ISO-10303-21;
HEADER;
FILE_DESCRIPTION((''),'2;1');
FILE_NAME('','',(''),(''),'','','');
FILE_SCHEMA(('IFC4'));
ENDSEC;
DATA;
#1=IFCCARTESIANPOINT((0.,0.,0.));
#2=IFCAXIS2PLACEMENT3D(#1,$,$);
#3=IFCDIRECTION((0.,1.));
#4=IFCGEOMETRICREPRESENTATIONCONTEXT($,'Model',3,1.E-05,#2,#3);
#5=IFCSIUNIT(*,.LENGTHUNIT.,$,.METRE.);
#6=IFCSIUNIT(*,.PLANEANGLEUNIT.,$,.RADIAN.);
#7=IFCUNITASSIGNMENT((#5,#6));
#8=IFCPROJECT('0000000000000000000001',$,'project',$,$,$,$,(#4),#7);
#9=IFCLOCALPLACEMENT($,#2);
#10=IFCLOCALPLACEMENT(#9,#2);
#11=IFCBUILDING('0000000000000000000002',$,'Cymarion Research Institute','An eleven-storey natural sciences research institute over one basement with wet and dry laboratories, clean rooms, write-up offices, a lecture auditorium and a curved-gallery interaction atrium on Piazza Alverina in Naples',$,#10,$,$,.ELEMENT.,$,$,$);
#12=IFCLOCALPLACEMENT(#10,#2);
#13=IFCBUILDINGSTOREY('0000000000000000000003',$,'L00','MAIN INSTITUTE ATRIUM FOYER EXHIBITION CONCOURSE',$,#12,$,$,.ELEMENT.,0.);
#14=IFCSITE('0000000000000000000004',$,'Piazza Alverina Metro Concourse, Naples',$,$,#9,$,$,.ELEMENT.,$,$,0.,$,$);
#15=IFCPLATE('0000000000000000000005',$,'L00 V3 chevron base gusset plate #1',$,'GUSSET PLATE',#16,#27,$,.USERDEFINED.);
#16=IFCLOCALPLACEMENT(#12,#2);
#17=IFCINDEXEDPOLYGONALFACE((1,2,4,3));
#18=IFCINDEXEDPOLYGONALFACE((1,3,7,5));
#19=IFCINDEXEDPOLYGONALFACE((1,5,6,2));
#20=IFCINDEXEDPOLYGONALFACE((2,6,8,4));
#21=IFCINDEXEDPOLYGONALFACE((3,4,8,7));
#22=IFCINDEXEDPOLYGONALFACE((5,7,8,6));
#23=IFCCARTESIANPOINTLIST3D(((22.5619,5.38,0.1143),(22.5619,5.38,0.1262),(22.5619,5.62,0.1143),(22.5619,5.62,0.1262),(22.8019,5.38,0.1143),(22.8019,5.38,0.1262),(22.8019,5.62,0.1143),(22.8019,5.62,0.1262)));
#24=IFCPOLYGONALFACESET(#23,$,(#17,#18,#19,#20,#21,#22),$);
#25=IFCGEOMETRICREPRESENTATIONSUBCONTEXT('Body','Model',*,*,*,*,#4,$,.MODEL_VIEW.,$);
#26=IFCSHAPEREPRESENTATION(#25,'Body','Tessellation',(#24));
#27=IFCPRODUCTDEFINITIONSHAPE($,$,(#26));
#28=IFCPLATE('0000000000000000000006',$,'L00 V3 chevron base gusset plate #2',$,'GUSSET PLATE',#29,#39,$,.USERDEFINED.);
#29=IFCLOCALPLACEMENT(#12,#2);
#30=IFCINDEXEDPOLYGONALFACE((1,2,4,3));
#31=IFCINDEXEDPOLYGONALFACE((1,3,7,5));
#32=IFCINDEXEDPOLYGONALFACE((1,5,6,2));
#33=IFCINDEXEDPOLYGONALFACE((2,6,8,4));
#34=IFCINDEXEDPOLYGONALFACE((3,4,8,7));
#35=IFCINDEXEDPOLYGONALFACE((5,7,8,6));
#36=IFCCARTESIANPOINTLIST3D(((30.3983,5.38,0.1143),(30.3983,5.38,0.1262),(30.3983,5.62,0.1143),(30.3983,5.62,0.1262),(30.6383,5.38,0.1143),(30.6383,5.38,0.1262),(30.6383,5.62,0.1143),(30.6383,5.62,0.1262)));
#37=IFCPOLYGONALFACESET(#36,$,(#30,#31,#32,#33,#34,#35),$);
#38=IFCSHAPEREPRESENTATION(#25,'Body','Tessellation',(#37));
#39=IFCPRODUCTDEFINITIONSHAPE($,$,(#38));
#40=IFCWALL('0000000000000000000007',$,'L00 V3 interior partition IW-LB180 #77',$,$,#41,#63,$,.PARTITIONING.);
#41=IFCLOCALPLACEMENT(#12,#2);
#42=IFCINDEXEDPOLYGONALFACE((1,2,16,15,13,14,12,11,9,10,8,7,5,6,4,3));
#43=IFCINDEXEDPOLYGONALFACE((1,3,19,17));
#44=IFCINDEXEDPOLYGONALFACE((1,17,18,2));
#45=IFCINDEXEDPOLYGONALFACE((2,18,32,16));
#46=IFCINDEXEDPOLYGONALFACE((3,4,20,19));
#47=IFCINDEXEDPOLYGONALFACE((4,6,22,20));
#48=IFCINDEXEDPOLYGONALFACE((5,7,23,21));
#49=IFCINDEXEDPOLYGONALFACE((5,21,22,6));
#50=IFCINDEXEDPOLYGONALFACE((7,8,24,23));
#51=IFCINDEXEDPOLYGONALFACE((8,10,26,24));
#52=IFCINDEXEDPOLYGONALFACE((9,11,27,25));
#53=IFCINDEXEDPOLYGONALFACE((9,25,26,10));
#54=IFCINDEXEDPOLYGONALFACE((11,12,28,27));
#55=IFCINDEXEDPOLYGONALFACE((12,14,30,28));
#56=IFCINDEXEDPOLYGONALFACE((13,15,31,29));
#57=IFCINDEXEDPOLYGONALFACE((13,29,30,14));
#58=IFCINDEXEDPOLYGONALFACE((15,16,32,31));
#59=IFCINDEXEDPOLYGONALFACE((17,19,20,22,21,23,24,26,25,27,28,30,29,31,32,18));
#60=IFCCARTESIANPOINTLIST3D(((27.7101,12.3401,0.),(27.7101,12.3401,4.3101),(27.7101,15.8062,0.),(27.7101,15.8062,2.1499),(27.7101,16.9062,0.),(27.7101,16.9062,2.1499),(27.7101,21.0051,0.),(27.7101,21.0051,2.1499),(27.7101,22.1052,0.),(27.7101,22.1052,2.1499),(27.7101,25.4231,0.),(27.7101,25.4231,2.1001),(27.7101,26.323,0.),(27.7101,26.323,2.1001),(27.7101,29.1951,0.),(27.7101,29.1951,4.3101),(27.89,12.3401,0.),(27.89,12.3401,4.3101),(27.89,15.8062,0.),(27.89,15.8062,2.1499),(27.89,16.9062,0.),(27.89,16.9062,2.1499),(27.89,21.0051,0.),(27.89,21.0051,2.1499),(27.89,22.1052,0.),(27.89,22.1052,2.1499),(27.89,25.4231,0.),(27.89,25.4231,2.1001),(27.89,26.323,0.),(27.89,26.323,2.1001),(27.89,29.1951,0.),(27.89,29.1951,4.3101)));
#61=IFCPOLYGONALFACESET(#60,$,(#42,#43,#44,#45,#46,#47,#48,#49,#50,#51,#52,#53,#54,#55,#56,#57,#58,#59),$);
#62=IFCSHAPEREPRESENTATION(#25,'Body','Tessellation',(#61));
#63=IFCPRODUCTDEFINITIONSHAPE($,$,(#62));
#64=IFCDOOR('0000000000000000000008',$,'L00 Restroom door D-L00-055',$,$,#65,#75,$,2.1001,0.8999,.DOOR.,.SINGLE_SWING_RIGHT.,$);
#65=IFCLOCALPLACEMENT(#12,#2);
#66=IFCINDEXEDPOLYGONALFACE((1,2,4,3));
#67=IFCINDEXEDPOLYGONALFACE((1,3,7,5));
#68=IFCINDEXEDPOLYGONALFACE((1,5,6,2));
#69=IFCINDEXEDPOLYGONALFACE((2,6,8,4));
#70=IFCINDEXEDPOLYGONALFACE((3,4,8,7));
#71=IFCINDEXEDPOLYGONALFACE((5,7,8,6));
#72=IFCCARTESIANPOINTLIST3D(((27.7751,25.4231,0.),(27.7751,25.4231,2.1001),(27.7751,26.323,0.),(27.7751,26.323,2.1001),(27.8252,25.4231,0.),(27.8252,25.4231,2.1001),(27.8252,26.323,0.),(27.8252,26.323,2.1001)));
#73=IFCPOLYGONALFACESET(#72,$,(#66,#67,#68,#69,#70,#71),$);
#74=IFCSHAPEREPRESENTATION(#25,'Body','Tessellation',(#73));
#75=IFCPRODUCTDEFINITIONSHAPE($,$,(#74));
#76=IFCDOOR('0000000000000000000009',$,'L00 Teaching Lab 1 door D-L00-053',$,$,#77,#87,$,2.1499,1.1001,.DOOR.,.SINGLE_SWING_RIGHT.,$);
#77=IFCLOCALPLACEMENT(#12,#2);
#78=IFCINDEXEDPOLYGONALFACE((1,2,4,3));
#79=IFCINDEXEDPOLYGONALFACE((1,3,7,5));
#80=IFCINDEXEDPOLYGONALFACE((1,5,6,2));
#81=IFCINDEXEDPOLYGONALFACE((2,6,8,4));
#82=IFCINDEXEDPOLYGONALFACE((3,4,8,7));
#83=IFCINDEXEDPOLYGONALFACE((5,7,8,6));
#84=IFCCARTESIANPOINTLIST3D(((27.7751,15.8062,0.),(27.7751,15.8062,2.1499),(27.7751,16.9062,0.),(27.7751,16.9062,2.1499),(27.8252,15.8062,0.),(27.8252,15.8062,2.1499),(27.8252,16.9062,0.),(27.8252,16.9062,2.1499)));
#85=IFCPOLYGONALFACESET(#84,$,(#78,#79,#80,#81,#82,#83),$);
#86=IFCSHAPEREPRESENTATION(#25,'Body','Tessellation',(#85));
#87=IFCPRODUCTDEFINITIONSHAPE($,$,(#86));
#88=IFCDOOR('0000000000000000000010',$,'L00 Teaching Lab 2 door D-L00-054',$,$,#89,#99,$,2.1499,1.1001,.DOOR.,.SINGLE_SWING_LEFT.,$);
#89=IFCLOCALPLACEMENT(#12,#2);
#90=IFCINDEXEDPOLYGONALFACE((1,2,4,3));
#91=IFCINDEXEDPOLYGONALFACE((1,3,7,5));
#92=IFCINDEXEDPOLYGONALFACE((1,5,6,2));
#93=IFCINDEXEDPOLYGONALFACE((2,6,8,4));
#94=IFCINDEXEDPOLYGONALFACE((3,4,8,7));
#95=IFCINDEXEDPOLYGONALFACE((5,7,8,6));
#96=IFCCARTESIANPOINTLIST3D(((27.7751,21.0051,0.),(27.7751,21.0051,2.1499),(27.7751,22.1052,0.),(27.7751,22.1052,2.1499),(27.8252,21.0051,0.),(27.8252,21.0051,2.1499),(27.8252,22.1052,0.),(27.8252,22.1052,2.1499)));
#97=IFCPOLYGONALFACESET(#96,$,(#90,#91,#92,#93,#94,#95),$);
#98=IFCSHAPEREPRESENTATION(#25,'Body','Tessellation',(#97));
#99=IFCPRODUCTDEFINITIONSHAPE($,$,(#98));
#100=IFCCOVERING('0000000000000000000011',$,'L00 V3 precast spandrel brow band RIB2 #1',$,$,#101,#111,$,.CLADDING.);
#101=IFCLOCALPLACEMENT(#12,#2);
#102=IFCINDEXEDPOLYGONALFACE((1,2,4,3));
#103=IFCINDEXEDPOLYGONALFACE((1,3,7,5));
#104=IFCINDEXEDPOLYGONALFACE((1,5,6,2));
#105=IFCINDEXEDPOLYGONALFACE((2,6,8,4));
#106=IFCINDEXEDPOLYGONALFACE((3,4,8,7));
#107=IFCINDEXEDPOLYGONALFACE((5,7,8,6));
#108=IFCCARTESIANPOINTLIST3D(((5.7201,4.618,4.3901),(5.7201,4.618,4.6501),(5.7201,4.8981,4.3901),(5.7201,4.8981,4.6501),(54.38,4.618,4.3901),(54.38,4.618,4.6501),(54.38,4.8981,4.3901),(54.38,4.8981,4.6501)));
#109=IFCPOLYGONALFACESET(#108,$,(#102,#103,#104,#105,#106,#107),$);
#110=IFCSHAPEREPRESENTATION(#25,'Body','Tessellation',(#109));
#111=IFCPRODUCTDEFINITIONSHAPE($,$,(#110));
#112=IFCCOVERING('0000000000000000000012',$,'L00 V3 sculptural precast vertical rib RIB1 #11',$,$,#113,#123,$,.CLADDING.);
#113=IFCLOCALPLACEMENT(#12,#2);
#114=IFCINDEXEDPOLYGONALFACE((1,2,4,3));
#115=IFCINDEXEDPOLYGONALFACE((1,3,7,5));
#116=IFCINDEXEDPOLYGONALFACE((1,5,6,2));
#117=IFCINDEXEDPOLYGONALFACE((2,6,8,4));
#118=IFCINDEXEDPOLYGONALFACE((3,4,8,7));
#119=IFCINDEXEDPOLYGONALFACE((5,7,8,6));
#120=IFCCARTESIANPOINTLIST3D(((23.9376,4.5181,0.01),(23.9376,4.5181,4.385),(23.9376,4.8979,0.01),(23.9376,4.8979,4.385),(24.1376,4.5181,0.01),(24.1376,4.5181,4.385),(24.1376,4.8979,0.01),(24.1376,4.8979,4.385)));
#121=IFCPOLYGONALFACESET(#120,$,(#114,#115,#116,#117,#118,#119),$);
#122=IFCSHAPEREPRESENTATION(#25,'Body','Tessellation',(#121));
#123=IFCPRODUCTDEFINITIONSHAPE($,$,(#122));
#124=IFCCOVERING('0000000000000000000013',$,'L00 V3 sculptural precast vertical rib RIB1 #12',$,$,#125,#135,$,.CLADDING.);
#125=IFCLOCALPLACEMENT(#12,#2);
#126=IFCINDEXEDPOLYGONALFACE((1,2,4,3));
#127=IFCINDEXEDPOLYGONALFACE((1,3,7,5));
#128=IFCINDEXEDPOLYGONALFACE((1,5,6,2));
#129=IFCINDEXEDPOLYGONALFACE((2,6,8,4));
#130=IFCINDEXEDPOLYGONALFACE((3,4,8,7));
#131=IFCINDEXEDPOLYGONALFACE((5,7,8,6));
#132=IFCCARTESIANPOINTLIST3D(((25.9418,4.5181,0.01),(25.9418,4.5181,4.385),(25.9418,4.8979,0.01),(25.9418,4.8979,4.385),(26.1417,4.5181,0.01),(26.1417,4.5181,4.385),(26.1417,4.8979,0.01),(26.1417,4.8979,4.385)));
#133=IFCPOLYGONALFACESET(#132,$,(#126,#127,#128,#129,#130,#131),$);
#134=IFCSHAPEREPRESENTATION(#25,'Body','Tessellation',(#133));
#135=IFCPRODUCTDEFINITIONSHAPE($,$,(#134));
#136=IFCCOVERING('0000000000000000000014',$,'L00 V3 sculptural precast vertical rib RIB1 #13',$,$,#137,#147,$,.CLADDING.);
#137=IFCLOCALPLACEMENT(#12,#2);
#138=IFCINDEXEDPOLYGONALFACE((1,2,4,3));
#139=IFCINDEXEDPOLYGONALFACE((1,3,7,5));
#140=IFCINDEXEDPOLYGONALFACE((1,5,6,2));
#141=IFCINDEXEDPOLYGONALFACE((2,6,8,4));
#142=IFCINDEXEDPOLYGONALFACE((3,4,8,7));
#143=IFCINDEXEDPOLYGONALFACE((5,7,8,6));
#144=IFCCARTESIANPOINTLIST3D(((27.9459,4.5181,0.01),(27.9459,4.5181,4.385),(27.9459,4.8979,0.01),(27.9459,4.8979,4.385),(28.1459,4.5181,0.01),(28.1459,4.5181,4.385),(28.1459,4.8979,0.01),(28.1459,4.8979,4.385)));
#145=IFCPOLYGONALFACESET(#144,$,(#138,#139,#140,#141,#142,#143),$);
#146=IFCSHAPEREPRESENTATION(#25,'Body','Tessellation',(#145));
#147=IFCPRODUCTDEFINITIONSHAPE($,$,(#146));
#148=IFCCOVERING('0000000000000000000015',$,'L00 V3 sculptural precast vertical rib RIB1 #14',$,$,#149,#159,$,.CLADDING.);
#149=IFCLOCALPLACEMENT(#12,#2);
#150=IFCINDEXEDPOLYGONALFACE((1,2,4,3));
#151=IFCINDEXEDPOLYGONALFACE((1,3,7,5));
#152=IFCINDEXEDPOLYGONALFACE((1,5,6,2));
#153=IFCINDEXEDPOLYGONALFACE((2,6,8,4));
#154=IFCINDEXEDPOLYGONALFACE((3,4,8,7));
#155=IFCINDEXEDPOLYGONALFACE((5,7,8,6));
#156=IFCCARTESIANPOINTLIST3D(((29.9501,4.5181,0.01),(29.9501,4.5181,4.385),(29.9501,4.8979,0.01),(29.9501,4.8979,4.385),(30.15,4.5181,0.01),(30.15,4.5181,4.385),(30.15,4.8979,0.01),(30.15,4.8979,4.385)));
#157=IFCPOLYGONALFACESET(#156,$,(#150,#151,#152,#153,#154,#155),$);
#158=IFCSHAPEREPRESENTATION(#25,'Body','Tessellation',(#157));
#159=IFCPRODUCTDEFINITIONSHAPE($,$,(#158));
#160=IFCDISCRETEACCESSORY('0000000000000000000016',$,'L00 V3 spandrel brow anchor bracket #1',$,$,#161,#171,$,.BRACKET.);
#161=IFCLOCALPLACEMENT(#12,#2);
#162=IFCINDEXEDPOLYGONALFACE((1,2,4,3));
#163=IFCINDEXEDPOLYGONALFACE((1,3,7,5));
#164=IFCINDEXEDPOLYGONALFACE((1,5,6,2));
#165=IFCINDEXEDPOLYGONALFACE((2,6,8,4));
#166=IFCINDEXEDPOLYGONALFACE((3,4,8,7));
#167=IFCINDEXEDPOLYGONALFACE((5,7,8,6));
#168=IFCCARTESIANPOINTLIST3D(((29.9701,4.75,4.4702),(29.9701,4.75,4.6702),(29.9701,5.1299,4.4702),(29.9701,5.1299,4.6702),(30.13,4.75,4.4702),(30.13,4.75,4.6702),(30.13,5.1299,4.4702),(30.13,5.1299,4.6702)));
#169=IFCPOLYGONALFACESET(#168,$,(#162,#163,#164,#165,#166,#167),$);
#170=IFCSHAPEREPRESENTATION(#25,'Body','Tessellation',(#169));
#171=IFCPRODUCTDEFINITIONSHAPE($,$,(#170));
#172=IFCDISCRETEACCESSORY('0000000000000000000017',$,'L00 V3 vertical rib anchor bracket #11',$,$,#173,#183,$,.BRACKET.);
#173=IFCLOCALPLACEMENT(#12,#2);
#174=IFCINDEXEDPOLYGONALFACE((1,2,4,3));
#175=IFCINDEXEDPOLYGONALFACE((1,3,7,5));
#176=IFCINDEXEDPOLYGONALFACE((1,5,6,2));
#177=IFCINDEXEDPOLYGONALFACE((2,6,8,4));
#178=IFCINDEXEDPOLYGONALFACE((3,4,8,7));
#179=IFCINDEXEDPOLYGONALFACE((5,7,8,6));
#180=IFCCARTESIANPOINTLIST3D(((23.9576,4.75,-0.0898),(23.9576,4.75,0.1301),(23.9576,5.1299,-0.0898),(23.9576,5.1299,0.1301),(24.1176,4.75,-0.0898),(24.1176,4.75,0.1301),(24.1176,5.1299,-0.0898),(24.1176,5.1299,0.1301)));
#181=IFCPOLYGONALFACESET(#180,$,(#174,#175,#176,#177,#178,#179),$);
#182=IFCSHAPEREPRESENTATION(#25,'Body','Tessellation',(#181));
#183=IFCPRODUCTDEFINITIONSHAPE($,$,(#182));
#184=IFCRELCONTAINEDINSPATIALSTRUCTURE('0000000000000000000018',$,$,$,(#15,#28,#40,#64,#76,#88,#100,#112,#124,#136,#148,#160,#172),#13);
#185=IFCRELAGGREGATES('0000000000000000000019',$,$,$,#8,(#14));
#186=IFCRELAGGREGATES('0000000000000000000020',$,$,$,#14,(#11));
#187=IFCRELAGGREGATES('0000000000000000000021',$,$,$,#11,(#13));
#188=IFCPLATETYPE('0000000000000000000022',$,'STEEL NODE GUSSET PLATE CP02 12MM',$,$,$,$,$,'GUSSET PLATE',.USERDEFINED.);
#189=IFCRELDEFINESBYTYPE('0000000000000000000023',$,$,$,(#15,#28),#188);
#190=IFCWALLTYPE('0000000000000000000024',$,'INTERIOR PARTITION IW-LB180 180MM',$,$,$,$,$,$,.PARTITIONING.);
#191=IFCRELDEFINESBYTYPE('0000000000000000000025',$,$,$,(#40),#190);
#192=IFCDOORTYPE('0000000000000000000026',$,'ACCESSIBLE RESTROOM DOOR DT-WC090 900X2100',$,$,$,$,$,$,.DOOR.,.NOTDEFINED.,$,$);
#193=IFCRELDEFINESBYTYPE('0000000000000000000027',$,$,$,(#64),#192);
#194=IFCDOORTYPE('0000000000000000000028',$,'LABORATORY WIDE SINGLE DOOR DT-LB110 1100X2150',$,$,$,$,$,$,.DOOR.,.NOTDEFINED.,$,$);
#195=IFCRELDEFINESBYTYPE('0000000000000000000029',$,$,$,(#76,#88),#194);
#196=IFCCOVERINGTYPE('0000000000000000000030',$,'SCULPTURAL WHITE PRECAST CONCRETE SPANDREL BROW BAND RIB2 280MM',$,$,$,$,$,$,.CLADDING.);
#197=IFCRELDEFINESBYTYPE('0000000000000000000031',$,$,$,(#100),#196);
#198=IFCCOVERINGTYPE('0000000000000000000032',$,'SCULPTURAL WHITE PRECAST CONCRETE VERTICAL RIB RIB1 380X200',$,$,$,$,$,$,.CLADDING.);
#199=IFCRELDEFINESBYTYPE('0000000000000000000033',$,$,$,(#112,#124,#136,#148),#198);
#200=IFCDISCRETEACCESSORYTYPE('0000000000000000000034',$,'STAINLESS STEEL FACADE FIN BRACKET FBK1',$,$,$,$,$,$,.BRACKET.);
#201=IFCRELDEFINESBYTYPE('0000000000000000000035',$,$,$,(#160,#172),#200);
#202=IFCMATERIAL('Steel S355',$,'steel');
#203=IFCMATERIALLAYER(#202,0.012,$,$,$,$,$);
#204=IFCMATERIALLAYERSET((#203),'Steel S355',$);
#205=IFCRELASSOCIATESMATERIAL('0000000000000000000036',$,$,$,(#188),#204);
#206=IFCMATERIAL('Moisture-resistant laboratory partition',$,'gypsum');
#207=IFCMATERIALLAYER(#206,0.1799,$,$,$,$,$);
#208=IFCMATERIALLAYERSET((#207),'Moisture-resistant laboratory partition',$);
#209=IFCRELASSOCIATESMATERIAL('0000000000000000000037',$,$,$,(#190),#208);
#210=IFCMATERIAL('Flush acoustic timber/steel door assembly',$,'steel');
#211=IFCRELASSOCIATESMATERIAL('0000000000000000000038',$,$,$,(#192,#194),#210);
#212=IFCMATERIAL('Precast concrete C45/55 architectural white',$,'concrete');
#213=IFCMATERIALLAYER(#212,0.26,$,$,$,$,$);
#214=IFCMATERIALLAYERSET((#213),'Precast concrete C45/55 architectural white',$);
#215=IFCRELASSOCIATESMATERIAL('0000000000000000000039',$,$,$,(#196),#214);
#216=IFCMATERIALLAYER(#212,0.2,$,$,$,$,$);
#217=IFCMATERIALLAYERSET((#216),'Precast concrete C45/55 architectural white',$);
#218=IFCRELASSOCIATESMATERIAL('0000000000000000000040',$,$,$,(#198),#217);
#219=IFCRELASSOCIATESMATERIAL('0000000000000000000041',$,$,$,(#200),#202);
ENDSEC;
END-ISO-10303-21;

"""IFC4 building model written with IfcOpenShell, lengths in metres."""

from ifc_helpers import new_model, si_unit, direction, frame, frame_2d, origin, origin_2d, place, context, subcontext, project, spatial, rectangle, extrude, material, layer, layer_set, type_object, element, fill, save


model = new_model("IFC4")

# Units and contexts
model_context = context("Model", 3, precision=1e-05, world=origin(), true_north=direction((0.0, 1.0)))
body_context = subcontext(model_context, "Body", "Model", "MODEL_VIEW")
ifc_project = project(units=[si_unit("LENGTHUNIT", "METRE"), si_unit("PLANEANGLEUNIT", "RADIAN")], contexts=[model_context])

# Site, building, storey
site_placement = place(None, origin())
site = spatial("IfcSite", under=ifc_project, at=site_placement, Name="Piazza Alverina Metro Concourse, Naples", CompositionType="ELEMENT", RefElevation=0.0)
building_placement = place(site_placement, origin())
building = spatial("IfcBuilding", under=site, at=building_placement, Name="Cymarion Research Institute", Description="An eleven-storey natural sciences research institute over one basement with wet and dry laboratories, clean rooms, write-up offices, a lecture auditorium and a curved-gallery interaction atrium on Piazza Alverina in Naples", CompositionType="ELEMENT")
storey_placement = place(building_placement, origin())
storey = spatial("IfcBuildingStorey", under=building, at=storey_placement, Name="L00", Description="MAIN INSTITUTE ATRIUM FOYER EXHIBITION CONCOURSE", CompositionType="ELEMENT", Elevation=0.0)

# Shared definitions
ifc_material_1 = material(Name="Steel S355", Category="steel")

# Plates
ifc_layer_1 = layer(ifc_material_1, 0.012)
ifc_layer_set_1 = layer_set([ifc_layer_1], Name="Steel S355")
plate_type_1 = type_object("IfcPlateType", Name="STEEL NODE GUSSET PLATE CP02 12MM", ElementType="GUSSET PLATE", PredefinedType="USERDEFINED", material=ifc_layer_set_1)
for number, where, z_axis, x_axis, name in (
    (1, (22.6819, 5.5, 0.1143), (0.0, 0.0, 1.0), (1.0, 0.0, 0.0), "L00 V3 chevron base gusset plate #1"),
    (2, (30.5183, 5.5, 0.1143), (0.0, 0.0, 1.0), (1.0, 0.0, 0.0), "L00 V3 chevron base gusset plate #2"),
):
    element("IfcPlate", number, at=place(storey_placement, frame(where, z_axis=z_axis, x_axis=x_axis)), inside=storey, type_object=plate_type_1, Name=name, ObjectType="GUSSET PLATE", PredefinedType="USERDEFINED", context=body_context, shape_type="SweptSolid", body=[
        extrude(rectangle(XDim=0.24, YDim=0.24, at=origin_2d()), origin(), (0.0, 0.0, 1.0), 0.012),
    ])

# Wall, openings, doors
ifc_material_2 = material(Name="Moisture-resistant laboratory partition", Category="gypsum")
ifc_layer_2 = layer(ifc_material_2, 0.1799)
ifc_layer_set_2 = layer_set([ifc_layer_2], Name="Moisture-resistant laboratory partition")
wall_type = type_object("IfcWallType", Name="INTERIOR PARTITION IW-LB180 180MM", PredefinedType="PARTITIONING", material=ifc_layer_set_2)
wall_placement = place(storey_placement, frame((27.8, 12.3401, 0.0), z_axis=(0.0, 0.0, 1.0), x_axis=(0.0, 1.0, 0.0)))
wall = element("IfcWall", 3, at=wall_placement, inside=storey, type_object=wall_type, Name="L00 V3 interior partition IW-LB180 #77", PredefinedType="PARTITIONING", context=body_context, shape_type="SweptSolid", body=[
    extrude(rectangle(XDim=16.855, YDim=0.1799, at=frame_2d((8.4275, 0.0))), origin(), (0.0, 0.0, 1.0), 4.3101),
])
opening_1_placement = place(wall_placement, frame((3.4661, 0.0, 0.0)))
opening_1 = element("IfcOpeningElement", 4, at=opening_1_placement, cuts=wall, PredefinedType="OPENING", context=body_context, shape_type="SweptSolid", body=[
    extrude(rectangle(XDim=1.1001, YDim=2.1499, at=frame_2d((0.55, 1.075))), frame((0.0, 0.0999, 0.0), z_axis=(0.0, -1.0, 0.0), x_axis=(1.0, 0.0, 0.0)), (0.0, 0.0, 1.0), 0.2),
])
opening_2_placement = place(wall_placement, frame((8.665, 0.0, 0.0)))
opening_2 = element("IfcOpeningElement", 5, at=opening_2_placement, cuts=wall, PredefinedType="OPENING", context=body_context, shape_type="SweptSolid", body=[
    extrude(rectangle(XDim=1.1001, YDim=2.1499, at=frame_2d((0.55, 1.075))), frame((0.0, 0.0999, 0.0), z_axis=(0.0, -1.0, 0.0), x_axis=(1.0, 0.0, 0.0)), (0.0, 0.0, 1.0), 0.2),
])
opening_3_placement = place(wall_placement, frame((13.083, 0.0, 0.0)))
opening_3 = element("IfcOpeningElement", 6, at=opening_3_placement, cuts=wall, PredefinedType="OPENING", context=body_context, shape_type="SweptSolid", body=[
    extrude(rectangle(XDim=0.8999, YDim=2.1001, at=frame_2d((0.45, 1.05))), frame((0.0, 0.0999, 0.0), z_axis=(0.0, -1.0, 0.0), x_axis=(1.0, 0.0, 0.0)), (0.0, 0.0, 1.0), 0.2),
])
ifc_material_3 = material(Name="Flush acoustic timber/steel door assembly", Category="steel")
door_type_1 = type_object("IfcDoorType", Name="ACCESSIBLE RESTROOM DOOR DT-WC090 900X2100", OperationType="NOTDEFINED", PredefinedType="DOOR", material=ifc_material_3)
door_1_placement = place(opening_3_placement, origin())
door_1 = element("IfcDoor", 7, at=door_1_placement, inside=storey, type_object=door_type_1, Name="L00 Restroom door D-L00-055", OperationType="SINGLE_SWING_RIGHT", OverallHeight=2.1001, OverallWidth=0.8999, PredefinedType="DOOR", context=body_context, shape_type="SweptSolid", body=[
    extrude(rectangle(XDim=0.8999, YDim=2.1001, at=frame_2d((0.45, 1.05))), frame((0.0, 0.0249, 0.0), z_axis=(0.0, -1.0, 0.0), x_axis=(1.0, 0.0, 0.0)), (0.0, 0.0, 1.0), 0.05),
])
fill(opening_3, door_1)
door_type_2 = type_object("IfcDoorType", Name="LABORATORY WIDE SINGLE DOOR DT-LB110 1100X2150", OperationType="NOTDEFINED", PredefinedType="DOOR", material=ifc_material_3)
door_2_placement = place(opening_1_placement, origin())
door_2 = element("IfcDoor", 8, at=door_2_placement, inside=storey, type_object=door_type_2, Name="L00 Teaching Lab 1 door D-L00-053", OperationType="SINGLE_SWING_RIGHT", OverallHeight=2.1499, OverallWidth=1.1001, PredefinedType="DOOR", context=body_context, shape_type="SweptSolid", body=[
    extrude(rectangle(XDim=1.1001, YDim=2.1499, at=frame_2d((0.55, 1.075))), frame((0.0, 0.0249, 0.0), z_axis=(0.0, -1.0, 0.0), x_axis=(1.0, 0.0, 0.0)), (0.0, 0.0, 1.0), 0.05),
])
fill(opening_1, door_2)
door_3_placement = place(opening_2_placement, origin())
door_3 = element("IfcDoor", 9, at=door_3_placement, inside=storey, type_object=door_type_2, Name="L00 Teaching Lab 2 door D-L00-054", OperationType="SINGLE_SWING_LEFT", OverallHeight=2.1499, OverallWidth=1.1001, PredefinedType="DOOR", context=body_context, shape_type="SweptSolid", body=[
    extrude(rectangle(XDim=1.1001, YDim=2.1499, at=frame_2d((0.55, 1.075))), frame((0.0, 0.0249, 0.0), z_axis=(0.0, -1.0, 0.0), x_axis=(1.0, 0.0, 0.0)), (0.0, 0.0, 1.0), 0.05),
])
fill(opening_2, door_3)

# Coverings
ifc_material_4 = material(Name="Precast concrete C45/55 architectural white", Category="concrete")
ifc_layer_3 = layer(ifc_material_4, 0.26)
ifc_layer_set_3 = layer_set([ifc_layer_3], Name="Precast concrete C45/55 architectural white")
covering_type_1 = type_object("IfcCoveringType", Name="SCULPTURAL WHITE PRECAST CONCRETE SPANDREL BROW BAND RIB2 280MM", PredefinedType="CLADDING", material=ifc_layer_set_3)
covering_placement = place(storey_placement, frame((30.05, 4.7581, 4.3901), z_axis=(0.0, 0.0, 1.0), x_axis=(0.0, -1.0, 0.0)))
element("IfcCovering", 10, at=covering_placement, inside=storey, type_object=covering_type_1, Name="L00 V3 precast spandrel brow band RIB2 #1", PredefinedType="CLADDING", context=body_context, shape_type="SweptSolid", body=[
    extrude(rectangle(XDim=0.28, YDim=48.6599, at=origin_2d()), origin(), (0.0, 0.0, 1.0), 0.26),
])
ifc_layer_4 = layer(ifc_material_4, 0.2)
ifc_layer_set_4 = layer_set([ifc_layer_4], Name="Precast concrete C45/55 architectural white")
covering_type_2 = type_object("IfcCoveringType", Name="SCULPTURAL WHITE PRECAST CONCRETE VERTICAL RIB RIB1 380X200", PredefinedType="CLADDING", material=ifc_layer_set_4)
for number, where, z_axis, x_axis, name in (
    (11, (24.0376, 4.708, 0.01), (0.0, 0.0, 1.0), (0.0, -1.0, 0.0), "L00 V3 sculptural precast vertical rib RIB1 #11"),
    (12, (26.0417, 4.708, 0.01), (0.0, 0.0, 1.0), (0.0, -1.0, 0.0), "L00 V3 sculptural precast vertical rib RIB1 #12"),
    (13, (28.0459, 4.708, 0.01), (0.0, 0.0, 1.0), (0.0, -1.0, 0.0), "L00 V3 sculptural precast vertical rib RIB1 #13"),
    (14, (30.05, 4.708, 0.01), (0.0, 0.0, 1.0), (0.0, -1.0, 0.0), "L00 V3 sculptural precast vertical rib RIB1 #14"),
):
    element("IfcCovering", number, at=place(storey_placement, frame(where, z_axis=z_axis, x_axis=x_axis)), inside=storey, type_object=covering_type_2, Name=name, PredefinedType="CLADDING", context=body_context, shape_type="SweptSolid", body=[
        extrude(rectangle(XDim=0.3799, YDim=0.2, at=origin_2d()), origin(), (0.0, 0.0, 1.0), 4.375),
    ])

# Discrete accessories
discrete_accessory_type = type_object("IfcDiscreteAccessoryType", Name="STAINLESS STEEL FACADE FIN BRACKET FBK1", PredefinedType="BRACKET", material=ifc_material_1)
discrete_accessory_placement = place(storey_placement, frame((30.05, 4.9399, 4.4702), z_axis=(0.0, 0.0, 1.0), x_axis=(0.0, -1.0, 0.0)))
element("IfcDiscreteAccessory", 15, at=discrete_accessory_placement, inside=storey, type_object=discrete_accessory_type, Name="L00 V3 spandrel brow anchor bracket #1", PredefinedType="BRACKET", context=body_context, shape_type="SweptSolid", body=[
    extrude(rectangle(XDim=0.3799, YDim=0.1599, at=origin_2d()), origin(), (0.0, 0.0, 1.0), 0.2),
])
for number, where, z_axis, x_axis, name in (
    (16, (24.0376, 4.9399, -0.0898), (0.0, 0.0, 1.0), (0.0, -1.0, 0.0), "L00 V3 vertical rib anchor bracket #11"),
):
    element("IfcDiscreteAccessory", number, at=place(storey_placement, frame(where, z_axis=z_axis, x_axis=x_axis)), inside=storey, type_object=discrete_accessory_type, Name=name, PredefinedType="BRACKET", context=body_context, shape_type="SweptSolid", body=[
        extrude(rectangle(XDim=0.3799, YDim=0.1599, at=origin_2d()), origin(), (0.0, 0.0, 1.0), 0.22),
    ])

save(model, "model.ifc")
